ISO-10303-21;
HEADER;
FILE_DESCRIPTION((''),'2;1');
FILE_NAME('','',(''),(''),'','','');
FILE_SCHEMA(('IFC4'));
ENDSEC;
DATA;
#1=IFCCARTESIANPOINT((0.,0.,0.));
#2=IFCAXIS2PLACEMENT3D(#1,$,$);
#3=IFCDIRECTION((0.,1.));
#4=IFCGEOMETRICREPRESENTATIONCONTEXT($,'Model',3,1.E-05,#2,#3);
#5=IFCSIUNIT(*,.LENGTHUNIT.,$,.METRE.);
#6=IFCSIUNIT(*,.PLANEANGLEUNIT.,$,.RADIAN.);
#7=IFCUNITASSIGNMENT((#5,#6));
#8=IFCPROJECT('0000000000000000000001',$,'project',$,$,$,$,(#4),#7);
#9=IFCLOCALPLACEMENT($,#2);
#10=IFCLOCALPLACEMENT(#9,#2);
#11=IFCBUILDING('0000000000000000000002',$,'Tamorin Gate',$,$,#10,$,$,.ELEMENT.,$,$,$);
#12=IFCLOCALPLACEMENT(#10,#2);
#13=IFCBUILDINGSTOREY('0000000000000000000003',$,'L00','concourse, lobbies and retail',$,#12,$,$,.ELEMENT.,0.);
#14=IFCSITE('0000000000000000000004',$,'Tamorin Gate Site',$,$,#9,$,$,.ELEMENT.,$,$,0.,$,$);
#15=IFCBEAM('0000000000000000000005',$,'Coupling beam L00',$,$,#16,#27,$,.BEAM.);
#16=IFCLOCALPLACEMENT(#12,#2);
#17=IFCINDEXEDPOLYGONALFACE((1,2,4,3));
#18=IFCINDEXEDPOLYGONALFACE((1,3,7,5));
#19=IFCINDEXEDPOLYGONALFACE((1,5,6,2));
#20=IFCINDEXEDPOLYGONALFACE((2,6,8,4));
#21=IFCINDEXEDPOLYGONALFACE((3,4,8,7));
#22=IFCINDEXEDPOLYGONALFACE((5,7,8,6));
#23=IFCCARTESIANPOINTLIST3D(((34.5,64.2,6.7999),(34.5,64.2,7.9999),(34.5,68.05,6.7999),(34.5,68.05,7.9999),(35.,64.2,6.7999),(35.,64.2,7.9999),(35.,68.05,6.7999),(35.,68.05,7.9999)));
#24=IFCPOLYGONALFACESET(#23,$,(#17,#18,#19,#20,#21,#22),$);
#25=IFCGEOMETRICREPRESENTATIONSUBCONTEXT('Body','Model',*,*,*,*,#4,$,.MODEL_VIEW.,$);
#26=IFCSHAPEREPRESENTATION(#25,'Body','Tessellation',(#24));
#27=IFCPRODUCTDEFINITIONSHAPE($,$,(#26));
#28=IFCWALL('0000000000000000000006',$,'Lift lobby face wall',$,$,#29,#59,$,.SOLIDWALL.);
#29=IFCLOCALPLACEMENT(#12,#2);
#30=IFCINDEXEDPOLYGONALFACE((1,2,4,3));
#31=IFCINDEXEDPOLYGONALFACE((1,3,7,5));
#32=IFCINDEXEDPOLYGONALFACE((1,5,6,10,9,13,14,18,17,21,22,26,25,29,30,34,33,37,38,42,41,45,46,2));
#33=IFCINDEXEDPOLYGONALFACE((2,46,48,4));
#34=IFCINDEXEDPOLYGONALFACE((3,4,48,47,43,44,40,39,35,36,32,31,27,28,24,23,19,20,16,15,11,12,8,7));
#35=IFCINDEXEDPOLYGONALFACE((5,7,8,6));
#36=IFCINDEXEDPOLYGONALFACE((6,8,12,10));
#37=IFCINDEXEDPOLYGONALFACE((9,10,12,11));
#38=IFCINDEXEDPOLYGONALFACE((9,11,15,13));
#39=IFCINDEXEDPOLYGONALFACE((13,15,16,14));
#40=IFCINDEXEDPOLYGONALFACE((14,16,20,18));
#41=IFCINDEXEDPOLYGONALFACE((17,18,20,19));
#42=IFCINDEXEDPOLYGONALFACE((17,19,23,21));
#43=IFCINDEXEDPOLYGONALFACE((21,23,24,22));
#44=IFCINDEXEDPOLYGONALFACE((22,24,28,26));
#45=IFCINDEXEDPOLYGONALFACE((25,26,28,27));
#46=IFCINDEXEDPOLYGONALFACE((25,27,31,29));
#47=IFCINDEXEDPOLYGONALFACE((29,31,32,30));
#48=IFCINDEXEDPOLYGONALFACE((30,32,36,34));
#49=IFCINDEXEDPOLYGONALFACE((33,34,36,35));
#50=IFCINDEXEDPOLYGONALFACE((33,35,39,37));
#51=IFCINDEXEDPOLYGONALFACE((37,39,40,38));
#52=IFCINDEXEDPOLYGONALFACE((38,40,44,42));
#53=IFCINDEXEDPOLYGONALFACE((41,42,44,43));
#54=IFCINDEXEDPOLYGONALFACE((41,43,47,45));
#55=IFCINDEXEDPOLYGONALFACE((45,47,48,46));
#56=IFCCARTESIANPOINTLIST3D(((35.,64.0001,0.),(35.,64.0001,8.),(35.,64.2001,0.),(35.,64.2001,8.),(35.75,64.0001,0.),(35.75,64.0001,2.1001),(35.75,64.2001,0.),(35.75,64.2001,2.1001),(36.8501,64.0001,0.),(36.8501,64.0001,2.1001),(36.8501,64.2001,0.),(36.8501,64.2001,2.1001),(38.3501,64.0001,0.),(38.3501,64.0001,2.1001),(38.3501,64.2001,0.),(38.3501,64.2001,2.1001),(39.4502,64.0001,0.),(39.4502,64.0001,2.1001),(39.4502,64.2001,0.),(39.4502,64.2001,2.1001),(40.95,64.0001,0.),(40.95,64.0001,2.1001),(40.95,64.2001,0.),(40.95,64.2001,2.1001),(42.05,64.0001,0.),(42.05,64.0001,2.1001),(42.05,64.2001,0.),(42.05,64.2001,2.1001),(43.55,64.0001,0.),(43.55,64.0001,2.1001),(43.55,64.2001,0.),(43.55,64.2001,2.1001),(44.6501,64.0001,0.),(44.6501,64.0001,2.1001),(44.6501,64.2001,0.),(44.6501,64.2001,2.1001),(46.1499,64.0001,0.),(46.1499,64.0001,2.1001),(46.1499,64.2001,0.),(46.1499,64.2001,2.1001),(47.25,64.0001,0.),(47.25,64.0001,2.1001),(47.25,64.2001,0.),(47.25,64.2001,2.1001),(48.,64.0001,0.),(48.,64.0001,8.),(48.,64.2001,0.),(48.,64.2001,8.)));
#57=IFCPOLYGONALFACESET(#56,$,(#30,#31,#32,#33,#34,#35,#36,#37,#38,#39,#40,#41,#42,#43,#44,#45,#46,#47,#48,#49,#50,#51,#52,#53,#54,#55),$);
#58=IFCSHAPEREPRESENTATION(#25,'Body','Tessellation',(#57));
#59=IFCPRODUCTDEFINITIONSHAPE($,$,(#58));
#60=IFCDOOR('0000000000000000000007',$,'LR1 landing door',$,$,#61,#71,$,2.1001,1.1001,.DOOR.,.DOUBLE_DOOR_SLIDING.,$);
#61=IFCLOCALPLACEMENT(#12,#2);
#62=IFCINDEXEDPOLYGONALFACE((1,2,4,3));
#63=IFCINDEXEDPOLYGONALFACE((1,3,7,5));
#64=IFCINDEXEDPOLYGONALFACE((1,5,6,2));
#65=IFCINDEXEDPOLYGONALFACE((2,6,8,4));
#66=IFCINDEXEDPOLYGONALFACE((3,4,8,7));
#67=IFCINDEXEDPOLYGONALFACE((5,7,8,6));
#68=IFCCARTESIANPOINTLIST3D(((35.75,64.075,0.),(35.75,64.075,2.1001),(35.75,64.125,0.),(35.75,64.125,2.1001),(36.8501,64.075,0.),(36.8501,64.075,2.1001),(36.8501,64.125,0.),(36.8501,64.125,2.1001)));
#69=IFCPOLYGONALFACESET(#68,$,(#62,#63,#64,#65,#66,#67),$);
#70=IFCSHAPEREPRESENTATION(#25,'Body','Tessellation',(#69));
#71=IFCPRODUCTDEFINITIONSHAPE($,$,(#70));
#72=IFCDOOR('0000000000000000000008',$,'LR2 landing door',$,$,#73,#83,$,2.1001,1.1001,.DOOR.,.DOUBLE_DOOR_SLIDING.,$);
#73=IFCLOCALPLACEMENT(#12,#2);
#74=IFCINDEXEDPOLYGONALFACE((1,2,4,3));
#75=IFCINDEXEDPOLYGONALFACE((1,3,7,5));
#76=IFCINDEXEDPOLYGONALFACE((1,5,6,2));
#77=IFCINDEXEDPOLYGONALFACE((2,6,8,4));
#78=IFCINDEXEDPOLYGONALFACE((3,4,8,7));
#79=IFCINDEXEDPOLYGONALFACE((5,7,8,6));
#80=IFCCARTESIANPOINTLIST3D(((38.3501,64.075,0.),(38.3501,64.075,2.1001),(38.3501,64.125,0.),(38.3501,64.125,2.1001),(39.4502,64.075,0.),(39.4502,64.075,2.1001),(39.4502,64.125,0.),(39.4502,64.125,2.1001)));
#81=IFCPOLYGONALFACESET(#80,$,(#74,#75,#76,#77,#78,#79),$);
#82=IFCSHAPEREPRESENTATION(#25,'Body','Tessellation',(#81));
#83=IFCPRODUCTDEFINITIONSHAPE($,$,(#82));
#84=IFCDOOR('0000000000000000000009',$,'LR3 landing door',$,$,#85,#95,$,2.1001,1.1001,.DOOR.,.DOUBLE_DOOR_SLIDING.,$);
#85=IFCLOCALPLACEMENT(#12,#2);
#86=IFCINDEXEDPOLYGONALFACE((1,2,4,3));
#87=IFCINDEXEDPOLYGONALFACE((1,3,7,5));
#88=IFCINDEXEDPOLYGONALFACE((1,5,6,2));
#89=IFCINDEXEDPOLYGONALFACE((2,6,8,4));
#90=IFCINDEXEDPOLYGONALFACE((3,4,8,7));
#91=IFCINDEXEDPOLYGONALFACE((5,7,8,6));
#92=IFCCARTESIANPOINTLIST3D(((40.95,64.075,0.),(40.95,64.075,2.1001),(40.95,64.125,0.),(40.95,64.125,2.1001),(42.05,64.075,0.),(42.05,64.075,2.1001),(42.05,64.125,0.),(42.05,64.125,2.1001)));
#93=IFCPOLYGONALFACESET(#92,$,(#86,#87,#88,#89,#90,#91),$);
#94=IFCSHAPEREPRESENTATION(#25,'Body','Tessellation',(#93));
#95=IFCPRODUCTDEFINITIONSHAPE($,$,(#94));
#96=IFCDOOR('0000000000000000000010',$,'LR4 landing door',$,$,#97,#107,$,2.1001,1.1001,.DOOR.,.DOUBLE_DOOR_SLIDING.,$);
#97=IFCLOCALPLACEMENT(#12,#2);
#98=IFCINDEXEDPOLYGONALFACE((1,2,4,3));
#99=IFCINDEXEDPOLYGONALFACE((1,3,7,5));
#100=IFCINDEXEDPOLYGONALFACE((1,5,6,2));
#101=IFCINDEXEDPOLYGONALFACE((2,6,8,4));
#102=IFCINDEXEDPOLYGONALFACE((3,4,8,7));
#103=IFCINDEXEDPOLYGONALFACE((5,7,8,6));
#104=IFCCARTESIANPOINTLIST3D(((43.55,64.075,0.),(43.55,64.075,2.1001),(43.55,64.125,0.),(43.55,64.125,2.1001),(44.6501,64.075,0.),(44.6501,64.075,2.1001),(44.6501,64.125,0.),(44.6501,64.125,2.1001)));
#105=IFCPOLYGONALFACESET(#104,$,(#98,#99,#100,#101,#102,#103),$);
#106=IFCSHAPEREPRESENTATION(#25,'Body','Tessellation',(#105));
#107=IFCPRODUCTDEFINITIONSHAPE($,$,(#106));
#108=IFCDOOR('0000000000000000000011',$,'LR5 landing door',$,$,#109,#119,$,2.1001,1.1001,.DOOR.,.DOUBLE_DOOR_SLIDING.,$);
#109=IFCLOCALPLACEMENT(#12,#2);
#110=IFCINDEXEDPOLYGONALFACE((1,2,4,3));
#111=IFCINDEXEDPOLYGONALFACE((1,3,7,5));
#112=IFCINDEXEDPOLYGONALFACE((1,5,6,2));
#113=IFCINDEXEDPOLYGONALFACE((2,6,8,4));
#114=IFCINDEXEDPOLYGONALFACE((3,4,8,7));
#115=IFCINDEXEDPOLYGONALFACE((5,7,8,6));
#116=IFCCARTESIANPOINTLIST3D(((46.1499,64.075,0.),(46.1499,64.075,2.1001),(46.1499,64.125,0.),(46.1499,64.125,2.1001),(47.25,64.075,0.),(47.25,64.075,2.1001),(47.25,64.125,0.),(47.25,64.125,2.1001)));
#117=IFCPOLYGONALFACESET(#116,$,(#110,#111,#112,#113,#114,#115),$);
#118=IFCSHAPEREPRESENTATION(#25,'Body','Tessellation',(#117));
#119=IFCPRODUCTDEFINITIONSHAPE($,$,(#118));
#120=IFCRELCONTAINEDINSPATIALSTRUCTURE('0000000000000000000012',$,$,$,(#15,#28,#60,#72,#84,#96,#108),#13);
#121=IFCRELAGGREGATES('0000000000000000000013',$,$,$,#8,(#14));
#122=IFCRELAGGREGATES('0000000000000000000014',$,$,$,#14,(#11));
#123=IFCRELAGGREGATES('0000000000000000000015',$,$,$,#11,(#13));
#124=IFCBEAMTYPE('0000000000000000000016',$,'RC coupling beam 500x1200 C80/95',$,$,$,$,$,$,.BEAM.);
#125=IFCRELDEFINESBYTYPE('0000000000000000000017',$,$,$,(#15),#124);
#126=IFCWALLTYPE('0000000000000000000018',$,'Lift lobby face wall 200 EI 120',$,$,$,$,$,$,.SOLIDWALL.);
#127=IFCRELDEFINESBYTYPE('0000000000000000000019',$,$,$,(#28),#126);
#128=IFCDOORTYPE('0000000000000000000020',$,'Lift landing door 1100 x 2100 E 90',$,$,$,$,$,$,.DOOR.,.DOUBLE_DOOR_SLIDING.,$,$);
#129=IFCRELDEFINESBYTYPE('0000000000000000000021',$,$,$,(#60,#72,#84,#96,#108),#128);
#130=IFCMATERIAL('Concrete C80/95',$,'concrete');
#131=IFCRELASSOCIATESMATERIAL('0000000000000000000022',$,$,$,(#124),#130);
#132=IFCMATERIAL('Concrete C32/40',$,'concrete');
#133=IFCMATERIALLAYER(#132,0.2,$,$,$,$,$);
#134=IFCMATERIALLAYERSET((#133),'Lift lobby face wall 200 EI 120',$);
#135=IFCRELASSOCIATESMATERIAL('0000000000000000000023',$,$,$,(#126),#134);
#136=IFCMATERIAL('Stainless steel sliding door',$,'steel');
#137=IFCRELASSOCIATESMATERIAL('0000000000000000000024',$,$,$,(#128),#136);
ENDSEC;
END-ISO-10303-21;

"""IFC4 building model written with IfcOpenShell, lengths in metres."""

from ifc_helpers import new_model, si_unit, direction, frame, frame_2d, origin, origin_2d, place, context, subcontext, project, spatial, rectangle, extrude, material, layer, layer_set, material_profile, profile_set, type_object, element, fill, save


model = new_model("IFC4")

# Units and contexts
model_context = context("Model", 3, precision=1e-05, world=origin(), true_north=direction((0.0, 1.0)))
body_context = subcontext(model_context, "Body", "Model", "MODEL_VIEW")
ifc_project = project(units=[si_unit("LENGTHUNIT", "METRE"), si_unit("PLANEANGLEUNIT", "RADIAN")], contexts=[model_context])

# Site, building, storey
site_placement = place(None, origin())
site = spatial("IfcSite", under=ifc_project, at=site_placement, Name="Tamorin Gate Site", CompositionType="ELEMENT", RefElevation=0.0)
building_placement = place(site_placement, origin())
building = spatial("IfcBuilding", under=site, at=building_placement, Name="Tamorin Gate", CompositionType="ELEMENT")
storey_placement = place(building_placement, origin())
storey = spatial("IfcBuildingStorey", under=building, at=storey_placement, Name="L00", Description="concourse, lobbies and retail", CompositionType="ELEMENT", Elevation=0.0)

# Beam
ifc_material_1 = material(Name="Concrete C80/95", Category="concrete")
ifc_material_profile = material_profile(ifc_material_1, rectangle(XDim=0.5, YDim=1.2, at=origin_2d()), Name="RC 500x1200")
ifc_profile_set = profile_set([ifc_material_profile], Name="Concrete C80/95")
beam_type = type_object("IfcBeamType", Name="RC coupling beam 500x1200 C80/95", PredefinedType="BEAM", material=ifc_profile_set)
beam_placement = place(storey_placement, frame((34.75, 64.2, 7.3999), z_axis=(0.0, 1.0, 0.0), x_axis=(-1.0, 0.0, 0.0)))
element("IfcBeam", 1, at=beam_placement, inside=storey, type_object=beam_type, Name="Coupling beam L00", PredefinedType="BEAM", context=body_context, shape_type="SweptSolid", body=[
    extrude(rectangle(XDim=0.5, YDim=1.2, at=origin_2d()), origin(), (0.0, 0.0, 1.0), 3.8501),
])

# Wall, openings, doors
ifc_material_2 = material(Name="Concrete C32/40", Category="concrete")
ifc_layer_1 = layer(ifc_material_2, 0.2)
ifc_layer_set_1 = layer_set([ifc_layer_1], Name="Lift lobby face wall 200 EI 120")
wall_type_1 = type_object("IfcWallType", Name="Lift lobby face wall 200 EI 120", PredefinedType="SOLIDWALL", material=ifc_layer_set_1)
wall_1_placement = place(storey_placement, frame((35.0, 64.1001, 0.0), z_axis=(0.0, 0.0, 1.0), x_axis=(1.0, 0.0, 0.0)))
wall_1 = element("IfcWall", 2, at=wall_1_placement, inside=storey, type_object=wall_type_1, Name="Lift lobby face wall", PredefinedType="SOLIDWALL", context=body_context, shape_type="SweptSolid", body=[
    extrude(rectangle(XDim=13.0, YDim=0.2, at=frame_2d((6.5, 0.0))), origin(), (0.0, 0.0, 1.0), 8.0),
])
opening_1_placement = place(wall_1_placement, frame((0.75, 0.0, 0.0)))
opening_1 = element("IfcOpeningElement", 3, at=opening_1_placement, cuts=wall_1, PredefinedType="OPENING", context=body_context, shape_type="SweptSolid", body=[
    extrude(rectangle(XDim=1.1001, YDim=2.1001, at=frame_2d((0.55, 1.05))), frame((0.0, 0.1099, 0.0), z_axis=(0.0, -1.0, 0.0), x_axis=(1.0, 0.0, 0.0)), (0.0, 0.0, 1.0), 0.22),
])
opening_2_placement = place(wall_1_placement, frame((3.3501, 0.0, 0.0)))
opening_2 = element("IfcOpeningElement", 4, at=opening_2_placement, cuts=wall_1, PredefinedType="OPENING", context=body_context, shape_type="SweptSolid", body=[
    extrude(rectangle(XDim=1.1001, YDim=2.1001, at=frame_2d((0.55, 1.05))), frame((0.0, 0.1099, 0.0), z_axis=(0.0, -1.0, 0.0), x_axis=(1.0, 0.0, 0.0)), (0.0, 0.0, 1.0), 0.22),
])
opening_3_placement = place(wall_1_placement, frame((5.95, 0.0, 0.0)))
opening_3 = element("IfcOpeningElement", 5, at=opening_3_placement, cuts=wall_1, PredefinedType="OPENING", context=body_context, shape_type="SweptSolid", body=[
    extrude(rectangle(XDim=1.1001, YDim=2.1001, at=frame_2d((0.55, 1.05))), frame((0.0, 0.1099, 0.0), z_axis=(0.0, -1.0, 0.0), x_axis=(1.0, 0.0, 0.0)), (0.0, 0.0, 1.0), 0.22),
])
opening_4_placement = place(wall_1_placement, frame((8.55, 0.0, 0.0)))
opening_4 = element("IfcOpeningElement", 6, at=opening_4_placement, cuts=wall_1, PredefinedType="OPENING", context=body_context, shape_type="SweptSolid", body=[
    extrude(rectangle(XDim=1.1001, YDim=2.1001, at=frame_2d((0.55, 1.05))), frame((0.0, 0.1099, 0.0), z_axis=(0.0, -1.0, 0.0), x_axis=(1.0, 0.0, 0.0)), (0.0, 0.0, 1.0), 0.22),
])
opening_5_placement = place(wall_1_placement, frame((11.1499, 0.0, 0.0)))
opening_5 = element("IfcOpeningElement", 7, at=opening_5_placement, cuts=wall_1, PredefinedType="OPENING", context=body_context, shape_type="SweptSolid", body=[
    extrude(rectangle(XDim=1.1001, YDim=2.1001, at=frame_2d((0.55, 1.05))), frame((0.0, 0.1099, 0.0), z_axis=(0.0, -1.0, 0.0), x_axis=(1.0, 0.0, 0.0)), (0.0, 0.0, 1.0), 0.22),
])
ifc_material_3 = material(Name="Stainless steel sliding door", Category="steel")
door_type_1 = type_object("IfcDoorType", Name="Lift landing door 1100 x 2100 E 90", OperationType="DOUBLE_DOOR_SLIDING", PredefinedType="DOOR", material=ifc_material_3)
door_1_placement = place(opening_1_placement, origin())
door_1 = element("IfcDoor", 8, at=door_1_placement, inside=storey, type_object=door_type_1, Name="LR1 landing door", OperationType="DOUBLE_DOOR_SLIDING", OverallHeight=2.1001, OverallWidth=1.1001, PredefinedType="DOOR", context=body_context, shape_type="SweptSolid", body=[
    extrude(rectangle(XDim=1.1001, YDim=2.1001, at=frame_2d((0.55, 1.05))), frame((0.0, 0.0249, 0.0), z_axis=(0.0, -1.0, 0.0), x_axis=(1.0, 0.0, 0.0)), (0.0, 0.0, 1.0), 0.05),
])
fill(opening_1, door_1)
door_2_placement = place(opening_2_placement, origin())
door_2 = element("IfcDoor", 9, at=door_2_placement, inside=storey, type_object=door_type_1, Name="LR2 landing door", OperationType="DOUBLE_DOOR_SLIDING", OverallHeight=2.1001, OverallWidth=1.1001, PredefinedType="DOOR", context=body_context, shape_type="SweptSolid", body=[
    extrude(rectangle(XDim=1.1001, YDim=2.1001, at=frame_2d((0.55, 1.05))), frame((0.0, 0.0249, 0.0), z_axis=(0.0, -1.0, 0.0), x_axis=(1.0, 0.0, 0.0)), (0.0, 0.0, 1.0), 0.05),
])
fill(opening_2, door_2)
door_3_placement = place(opening_3_placement, origin())
door_3 = element("IfcDoor", 10, at=door_3_placement, inside=storey, type_object=door_type_1, Name="LR3 landing door", OperationType="DOUBLE_DOOR_SLIDING", OverallHeight=2.1001, OverallWidth=1.1001, PredefinedType="DOOR", context=body_context, shape_type="SweptSolid", body=[
    extrude(rectangle(XDim=1.1001, YDim=2.1001, at=frame_2d((0.55, 1.05))), frame((0.0, 0.0249, 0.0), z_axis=(0.0, -1.0, 0.0), x_axis=(1.0, 0.0, 0.0)), (0.0, 0.0, 1.0), 0.05),
])
fill(opening_3, door_3)
door_4_placement = place(opening_4_placement, origin())
door_4 = element("IfcDoor", 11, at=door_4_placement, inside=storey, type_object=door_type_1, Name="LR4 landing door", OperationType="DOUBLE_DOOR_SLIDING", OverallHeight=2.1001, OverallWidth=1.1001, PredefinedType="DOOR", context=body_context, shape_type="SweptSolid", body=[
    extrude(rectangle(XDim=1.1001, YDim=2.1001, at=frame_2d((0.55, 1.05))), frame((0.0, 0.0249, 0.0), z_axis=(0.0, -1.0, 0.0), x_axis=(1.0, 0.0, 0.0)), (0.0, 0.0, 1.0), 0.05),
])
fill(opening_4, door_4)
door_5_placement = place(opening_5_placement, origin())
door_5 = element("IfcDoor", 12, at=door_5_placement, inside=storey, type_object=door_type_1, Name="LR5 landing door", OperationType="DOUBLE_DOOR_SLIDING", OverallHeight=2.1001, OverallWidth=1.1001, PredefinedType="DOOR", context=body_context, shape_type="SweptSolid", body=[
    extrude(rectangle(XDim=1.1001, YDim=2.1001, at=frame_2d((0.55, 1.05))), frame((0.0, 0.0249, 0.0), z_axis=(0.0, -1.0, 0.0), x_axis=(1.0, 0.0, 0.0)), (0.0, 0.0, 1.0), 0.05),
])
fill(opening_5, door_5)

save(model, "model.ifc")
